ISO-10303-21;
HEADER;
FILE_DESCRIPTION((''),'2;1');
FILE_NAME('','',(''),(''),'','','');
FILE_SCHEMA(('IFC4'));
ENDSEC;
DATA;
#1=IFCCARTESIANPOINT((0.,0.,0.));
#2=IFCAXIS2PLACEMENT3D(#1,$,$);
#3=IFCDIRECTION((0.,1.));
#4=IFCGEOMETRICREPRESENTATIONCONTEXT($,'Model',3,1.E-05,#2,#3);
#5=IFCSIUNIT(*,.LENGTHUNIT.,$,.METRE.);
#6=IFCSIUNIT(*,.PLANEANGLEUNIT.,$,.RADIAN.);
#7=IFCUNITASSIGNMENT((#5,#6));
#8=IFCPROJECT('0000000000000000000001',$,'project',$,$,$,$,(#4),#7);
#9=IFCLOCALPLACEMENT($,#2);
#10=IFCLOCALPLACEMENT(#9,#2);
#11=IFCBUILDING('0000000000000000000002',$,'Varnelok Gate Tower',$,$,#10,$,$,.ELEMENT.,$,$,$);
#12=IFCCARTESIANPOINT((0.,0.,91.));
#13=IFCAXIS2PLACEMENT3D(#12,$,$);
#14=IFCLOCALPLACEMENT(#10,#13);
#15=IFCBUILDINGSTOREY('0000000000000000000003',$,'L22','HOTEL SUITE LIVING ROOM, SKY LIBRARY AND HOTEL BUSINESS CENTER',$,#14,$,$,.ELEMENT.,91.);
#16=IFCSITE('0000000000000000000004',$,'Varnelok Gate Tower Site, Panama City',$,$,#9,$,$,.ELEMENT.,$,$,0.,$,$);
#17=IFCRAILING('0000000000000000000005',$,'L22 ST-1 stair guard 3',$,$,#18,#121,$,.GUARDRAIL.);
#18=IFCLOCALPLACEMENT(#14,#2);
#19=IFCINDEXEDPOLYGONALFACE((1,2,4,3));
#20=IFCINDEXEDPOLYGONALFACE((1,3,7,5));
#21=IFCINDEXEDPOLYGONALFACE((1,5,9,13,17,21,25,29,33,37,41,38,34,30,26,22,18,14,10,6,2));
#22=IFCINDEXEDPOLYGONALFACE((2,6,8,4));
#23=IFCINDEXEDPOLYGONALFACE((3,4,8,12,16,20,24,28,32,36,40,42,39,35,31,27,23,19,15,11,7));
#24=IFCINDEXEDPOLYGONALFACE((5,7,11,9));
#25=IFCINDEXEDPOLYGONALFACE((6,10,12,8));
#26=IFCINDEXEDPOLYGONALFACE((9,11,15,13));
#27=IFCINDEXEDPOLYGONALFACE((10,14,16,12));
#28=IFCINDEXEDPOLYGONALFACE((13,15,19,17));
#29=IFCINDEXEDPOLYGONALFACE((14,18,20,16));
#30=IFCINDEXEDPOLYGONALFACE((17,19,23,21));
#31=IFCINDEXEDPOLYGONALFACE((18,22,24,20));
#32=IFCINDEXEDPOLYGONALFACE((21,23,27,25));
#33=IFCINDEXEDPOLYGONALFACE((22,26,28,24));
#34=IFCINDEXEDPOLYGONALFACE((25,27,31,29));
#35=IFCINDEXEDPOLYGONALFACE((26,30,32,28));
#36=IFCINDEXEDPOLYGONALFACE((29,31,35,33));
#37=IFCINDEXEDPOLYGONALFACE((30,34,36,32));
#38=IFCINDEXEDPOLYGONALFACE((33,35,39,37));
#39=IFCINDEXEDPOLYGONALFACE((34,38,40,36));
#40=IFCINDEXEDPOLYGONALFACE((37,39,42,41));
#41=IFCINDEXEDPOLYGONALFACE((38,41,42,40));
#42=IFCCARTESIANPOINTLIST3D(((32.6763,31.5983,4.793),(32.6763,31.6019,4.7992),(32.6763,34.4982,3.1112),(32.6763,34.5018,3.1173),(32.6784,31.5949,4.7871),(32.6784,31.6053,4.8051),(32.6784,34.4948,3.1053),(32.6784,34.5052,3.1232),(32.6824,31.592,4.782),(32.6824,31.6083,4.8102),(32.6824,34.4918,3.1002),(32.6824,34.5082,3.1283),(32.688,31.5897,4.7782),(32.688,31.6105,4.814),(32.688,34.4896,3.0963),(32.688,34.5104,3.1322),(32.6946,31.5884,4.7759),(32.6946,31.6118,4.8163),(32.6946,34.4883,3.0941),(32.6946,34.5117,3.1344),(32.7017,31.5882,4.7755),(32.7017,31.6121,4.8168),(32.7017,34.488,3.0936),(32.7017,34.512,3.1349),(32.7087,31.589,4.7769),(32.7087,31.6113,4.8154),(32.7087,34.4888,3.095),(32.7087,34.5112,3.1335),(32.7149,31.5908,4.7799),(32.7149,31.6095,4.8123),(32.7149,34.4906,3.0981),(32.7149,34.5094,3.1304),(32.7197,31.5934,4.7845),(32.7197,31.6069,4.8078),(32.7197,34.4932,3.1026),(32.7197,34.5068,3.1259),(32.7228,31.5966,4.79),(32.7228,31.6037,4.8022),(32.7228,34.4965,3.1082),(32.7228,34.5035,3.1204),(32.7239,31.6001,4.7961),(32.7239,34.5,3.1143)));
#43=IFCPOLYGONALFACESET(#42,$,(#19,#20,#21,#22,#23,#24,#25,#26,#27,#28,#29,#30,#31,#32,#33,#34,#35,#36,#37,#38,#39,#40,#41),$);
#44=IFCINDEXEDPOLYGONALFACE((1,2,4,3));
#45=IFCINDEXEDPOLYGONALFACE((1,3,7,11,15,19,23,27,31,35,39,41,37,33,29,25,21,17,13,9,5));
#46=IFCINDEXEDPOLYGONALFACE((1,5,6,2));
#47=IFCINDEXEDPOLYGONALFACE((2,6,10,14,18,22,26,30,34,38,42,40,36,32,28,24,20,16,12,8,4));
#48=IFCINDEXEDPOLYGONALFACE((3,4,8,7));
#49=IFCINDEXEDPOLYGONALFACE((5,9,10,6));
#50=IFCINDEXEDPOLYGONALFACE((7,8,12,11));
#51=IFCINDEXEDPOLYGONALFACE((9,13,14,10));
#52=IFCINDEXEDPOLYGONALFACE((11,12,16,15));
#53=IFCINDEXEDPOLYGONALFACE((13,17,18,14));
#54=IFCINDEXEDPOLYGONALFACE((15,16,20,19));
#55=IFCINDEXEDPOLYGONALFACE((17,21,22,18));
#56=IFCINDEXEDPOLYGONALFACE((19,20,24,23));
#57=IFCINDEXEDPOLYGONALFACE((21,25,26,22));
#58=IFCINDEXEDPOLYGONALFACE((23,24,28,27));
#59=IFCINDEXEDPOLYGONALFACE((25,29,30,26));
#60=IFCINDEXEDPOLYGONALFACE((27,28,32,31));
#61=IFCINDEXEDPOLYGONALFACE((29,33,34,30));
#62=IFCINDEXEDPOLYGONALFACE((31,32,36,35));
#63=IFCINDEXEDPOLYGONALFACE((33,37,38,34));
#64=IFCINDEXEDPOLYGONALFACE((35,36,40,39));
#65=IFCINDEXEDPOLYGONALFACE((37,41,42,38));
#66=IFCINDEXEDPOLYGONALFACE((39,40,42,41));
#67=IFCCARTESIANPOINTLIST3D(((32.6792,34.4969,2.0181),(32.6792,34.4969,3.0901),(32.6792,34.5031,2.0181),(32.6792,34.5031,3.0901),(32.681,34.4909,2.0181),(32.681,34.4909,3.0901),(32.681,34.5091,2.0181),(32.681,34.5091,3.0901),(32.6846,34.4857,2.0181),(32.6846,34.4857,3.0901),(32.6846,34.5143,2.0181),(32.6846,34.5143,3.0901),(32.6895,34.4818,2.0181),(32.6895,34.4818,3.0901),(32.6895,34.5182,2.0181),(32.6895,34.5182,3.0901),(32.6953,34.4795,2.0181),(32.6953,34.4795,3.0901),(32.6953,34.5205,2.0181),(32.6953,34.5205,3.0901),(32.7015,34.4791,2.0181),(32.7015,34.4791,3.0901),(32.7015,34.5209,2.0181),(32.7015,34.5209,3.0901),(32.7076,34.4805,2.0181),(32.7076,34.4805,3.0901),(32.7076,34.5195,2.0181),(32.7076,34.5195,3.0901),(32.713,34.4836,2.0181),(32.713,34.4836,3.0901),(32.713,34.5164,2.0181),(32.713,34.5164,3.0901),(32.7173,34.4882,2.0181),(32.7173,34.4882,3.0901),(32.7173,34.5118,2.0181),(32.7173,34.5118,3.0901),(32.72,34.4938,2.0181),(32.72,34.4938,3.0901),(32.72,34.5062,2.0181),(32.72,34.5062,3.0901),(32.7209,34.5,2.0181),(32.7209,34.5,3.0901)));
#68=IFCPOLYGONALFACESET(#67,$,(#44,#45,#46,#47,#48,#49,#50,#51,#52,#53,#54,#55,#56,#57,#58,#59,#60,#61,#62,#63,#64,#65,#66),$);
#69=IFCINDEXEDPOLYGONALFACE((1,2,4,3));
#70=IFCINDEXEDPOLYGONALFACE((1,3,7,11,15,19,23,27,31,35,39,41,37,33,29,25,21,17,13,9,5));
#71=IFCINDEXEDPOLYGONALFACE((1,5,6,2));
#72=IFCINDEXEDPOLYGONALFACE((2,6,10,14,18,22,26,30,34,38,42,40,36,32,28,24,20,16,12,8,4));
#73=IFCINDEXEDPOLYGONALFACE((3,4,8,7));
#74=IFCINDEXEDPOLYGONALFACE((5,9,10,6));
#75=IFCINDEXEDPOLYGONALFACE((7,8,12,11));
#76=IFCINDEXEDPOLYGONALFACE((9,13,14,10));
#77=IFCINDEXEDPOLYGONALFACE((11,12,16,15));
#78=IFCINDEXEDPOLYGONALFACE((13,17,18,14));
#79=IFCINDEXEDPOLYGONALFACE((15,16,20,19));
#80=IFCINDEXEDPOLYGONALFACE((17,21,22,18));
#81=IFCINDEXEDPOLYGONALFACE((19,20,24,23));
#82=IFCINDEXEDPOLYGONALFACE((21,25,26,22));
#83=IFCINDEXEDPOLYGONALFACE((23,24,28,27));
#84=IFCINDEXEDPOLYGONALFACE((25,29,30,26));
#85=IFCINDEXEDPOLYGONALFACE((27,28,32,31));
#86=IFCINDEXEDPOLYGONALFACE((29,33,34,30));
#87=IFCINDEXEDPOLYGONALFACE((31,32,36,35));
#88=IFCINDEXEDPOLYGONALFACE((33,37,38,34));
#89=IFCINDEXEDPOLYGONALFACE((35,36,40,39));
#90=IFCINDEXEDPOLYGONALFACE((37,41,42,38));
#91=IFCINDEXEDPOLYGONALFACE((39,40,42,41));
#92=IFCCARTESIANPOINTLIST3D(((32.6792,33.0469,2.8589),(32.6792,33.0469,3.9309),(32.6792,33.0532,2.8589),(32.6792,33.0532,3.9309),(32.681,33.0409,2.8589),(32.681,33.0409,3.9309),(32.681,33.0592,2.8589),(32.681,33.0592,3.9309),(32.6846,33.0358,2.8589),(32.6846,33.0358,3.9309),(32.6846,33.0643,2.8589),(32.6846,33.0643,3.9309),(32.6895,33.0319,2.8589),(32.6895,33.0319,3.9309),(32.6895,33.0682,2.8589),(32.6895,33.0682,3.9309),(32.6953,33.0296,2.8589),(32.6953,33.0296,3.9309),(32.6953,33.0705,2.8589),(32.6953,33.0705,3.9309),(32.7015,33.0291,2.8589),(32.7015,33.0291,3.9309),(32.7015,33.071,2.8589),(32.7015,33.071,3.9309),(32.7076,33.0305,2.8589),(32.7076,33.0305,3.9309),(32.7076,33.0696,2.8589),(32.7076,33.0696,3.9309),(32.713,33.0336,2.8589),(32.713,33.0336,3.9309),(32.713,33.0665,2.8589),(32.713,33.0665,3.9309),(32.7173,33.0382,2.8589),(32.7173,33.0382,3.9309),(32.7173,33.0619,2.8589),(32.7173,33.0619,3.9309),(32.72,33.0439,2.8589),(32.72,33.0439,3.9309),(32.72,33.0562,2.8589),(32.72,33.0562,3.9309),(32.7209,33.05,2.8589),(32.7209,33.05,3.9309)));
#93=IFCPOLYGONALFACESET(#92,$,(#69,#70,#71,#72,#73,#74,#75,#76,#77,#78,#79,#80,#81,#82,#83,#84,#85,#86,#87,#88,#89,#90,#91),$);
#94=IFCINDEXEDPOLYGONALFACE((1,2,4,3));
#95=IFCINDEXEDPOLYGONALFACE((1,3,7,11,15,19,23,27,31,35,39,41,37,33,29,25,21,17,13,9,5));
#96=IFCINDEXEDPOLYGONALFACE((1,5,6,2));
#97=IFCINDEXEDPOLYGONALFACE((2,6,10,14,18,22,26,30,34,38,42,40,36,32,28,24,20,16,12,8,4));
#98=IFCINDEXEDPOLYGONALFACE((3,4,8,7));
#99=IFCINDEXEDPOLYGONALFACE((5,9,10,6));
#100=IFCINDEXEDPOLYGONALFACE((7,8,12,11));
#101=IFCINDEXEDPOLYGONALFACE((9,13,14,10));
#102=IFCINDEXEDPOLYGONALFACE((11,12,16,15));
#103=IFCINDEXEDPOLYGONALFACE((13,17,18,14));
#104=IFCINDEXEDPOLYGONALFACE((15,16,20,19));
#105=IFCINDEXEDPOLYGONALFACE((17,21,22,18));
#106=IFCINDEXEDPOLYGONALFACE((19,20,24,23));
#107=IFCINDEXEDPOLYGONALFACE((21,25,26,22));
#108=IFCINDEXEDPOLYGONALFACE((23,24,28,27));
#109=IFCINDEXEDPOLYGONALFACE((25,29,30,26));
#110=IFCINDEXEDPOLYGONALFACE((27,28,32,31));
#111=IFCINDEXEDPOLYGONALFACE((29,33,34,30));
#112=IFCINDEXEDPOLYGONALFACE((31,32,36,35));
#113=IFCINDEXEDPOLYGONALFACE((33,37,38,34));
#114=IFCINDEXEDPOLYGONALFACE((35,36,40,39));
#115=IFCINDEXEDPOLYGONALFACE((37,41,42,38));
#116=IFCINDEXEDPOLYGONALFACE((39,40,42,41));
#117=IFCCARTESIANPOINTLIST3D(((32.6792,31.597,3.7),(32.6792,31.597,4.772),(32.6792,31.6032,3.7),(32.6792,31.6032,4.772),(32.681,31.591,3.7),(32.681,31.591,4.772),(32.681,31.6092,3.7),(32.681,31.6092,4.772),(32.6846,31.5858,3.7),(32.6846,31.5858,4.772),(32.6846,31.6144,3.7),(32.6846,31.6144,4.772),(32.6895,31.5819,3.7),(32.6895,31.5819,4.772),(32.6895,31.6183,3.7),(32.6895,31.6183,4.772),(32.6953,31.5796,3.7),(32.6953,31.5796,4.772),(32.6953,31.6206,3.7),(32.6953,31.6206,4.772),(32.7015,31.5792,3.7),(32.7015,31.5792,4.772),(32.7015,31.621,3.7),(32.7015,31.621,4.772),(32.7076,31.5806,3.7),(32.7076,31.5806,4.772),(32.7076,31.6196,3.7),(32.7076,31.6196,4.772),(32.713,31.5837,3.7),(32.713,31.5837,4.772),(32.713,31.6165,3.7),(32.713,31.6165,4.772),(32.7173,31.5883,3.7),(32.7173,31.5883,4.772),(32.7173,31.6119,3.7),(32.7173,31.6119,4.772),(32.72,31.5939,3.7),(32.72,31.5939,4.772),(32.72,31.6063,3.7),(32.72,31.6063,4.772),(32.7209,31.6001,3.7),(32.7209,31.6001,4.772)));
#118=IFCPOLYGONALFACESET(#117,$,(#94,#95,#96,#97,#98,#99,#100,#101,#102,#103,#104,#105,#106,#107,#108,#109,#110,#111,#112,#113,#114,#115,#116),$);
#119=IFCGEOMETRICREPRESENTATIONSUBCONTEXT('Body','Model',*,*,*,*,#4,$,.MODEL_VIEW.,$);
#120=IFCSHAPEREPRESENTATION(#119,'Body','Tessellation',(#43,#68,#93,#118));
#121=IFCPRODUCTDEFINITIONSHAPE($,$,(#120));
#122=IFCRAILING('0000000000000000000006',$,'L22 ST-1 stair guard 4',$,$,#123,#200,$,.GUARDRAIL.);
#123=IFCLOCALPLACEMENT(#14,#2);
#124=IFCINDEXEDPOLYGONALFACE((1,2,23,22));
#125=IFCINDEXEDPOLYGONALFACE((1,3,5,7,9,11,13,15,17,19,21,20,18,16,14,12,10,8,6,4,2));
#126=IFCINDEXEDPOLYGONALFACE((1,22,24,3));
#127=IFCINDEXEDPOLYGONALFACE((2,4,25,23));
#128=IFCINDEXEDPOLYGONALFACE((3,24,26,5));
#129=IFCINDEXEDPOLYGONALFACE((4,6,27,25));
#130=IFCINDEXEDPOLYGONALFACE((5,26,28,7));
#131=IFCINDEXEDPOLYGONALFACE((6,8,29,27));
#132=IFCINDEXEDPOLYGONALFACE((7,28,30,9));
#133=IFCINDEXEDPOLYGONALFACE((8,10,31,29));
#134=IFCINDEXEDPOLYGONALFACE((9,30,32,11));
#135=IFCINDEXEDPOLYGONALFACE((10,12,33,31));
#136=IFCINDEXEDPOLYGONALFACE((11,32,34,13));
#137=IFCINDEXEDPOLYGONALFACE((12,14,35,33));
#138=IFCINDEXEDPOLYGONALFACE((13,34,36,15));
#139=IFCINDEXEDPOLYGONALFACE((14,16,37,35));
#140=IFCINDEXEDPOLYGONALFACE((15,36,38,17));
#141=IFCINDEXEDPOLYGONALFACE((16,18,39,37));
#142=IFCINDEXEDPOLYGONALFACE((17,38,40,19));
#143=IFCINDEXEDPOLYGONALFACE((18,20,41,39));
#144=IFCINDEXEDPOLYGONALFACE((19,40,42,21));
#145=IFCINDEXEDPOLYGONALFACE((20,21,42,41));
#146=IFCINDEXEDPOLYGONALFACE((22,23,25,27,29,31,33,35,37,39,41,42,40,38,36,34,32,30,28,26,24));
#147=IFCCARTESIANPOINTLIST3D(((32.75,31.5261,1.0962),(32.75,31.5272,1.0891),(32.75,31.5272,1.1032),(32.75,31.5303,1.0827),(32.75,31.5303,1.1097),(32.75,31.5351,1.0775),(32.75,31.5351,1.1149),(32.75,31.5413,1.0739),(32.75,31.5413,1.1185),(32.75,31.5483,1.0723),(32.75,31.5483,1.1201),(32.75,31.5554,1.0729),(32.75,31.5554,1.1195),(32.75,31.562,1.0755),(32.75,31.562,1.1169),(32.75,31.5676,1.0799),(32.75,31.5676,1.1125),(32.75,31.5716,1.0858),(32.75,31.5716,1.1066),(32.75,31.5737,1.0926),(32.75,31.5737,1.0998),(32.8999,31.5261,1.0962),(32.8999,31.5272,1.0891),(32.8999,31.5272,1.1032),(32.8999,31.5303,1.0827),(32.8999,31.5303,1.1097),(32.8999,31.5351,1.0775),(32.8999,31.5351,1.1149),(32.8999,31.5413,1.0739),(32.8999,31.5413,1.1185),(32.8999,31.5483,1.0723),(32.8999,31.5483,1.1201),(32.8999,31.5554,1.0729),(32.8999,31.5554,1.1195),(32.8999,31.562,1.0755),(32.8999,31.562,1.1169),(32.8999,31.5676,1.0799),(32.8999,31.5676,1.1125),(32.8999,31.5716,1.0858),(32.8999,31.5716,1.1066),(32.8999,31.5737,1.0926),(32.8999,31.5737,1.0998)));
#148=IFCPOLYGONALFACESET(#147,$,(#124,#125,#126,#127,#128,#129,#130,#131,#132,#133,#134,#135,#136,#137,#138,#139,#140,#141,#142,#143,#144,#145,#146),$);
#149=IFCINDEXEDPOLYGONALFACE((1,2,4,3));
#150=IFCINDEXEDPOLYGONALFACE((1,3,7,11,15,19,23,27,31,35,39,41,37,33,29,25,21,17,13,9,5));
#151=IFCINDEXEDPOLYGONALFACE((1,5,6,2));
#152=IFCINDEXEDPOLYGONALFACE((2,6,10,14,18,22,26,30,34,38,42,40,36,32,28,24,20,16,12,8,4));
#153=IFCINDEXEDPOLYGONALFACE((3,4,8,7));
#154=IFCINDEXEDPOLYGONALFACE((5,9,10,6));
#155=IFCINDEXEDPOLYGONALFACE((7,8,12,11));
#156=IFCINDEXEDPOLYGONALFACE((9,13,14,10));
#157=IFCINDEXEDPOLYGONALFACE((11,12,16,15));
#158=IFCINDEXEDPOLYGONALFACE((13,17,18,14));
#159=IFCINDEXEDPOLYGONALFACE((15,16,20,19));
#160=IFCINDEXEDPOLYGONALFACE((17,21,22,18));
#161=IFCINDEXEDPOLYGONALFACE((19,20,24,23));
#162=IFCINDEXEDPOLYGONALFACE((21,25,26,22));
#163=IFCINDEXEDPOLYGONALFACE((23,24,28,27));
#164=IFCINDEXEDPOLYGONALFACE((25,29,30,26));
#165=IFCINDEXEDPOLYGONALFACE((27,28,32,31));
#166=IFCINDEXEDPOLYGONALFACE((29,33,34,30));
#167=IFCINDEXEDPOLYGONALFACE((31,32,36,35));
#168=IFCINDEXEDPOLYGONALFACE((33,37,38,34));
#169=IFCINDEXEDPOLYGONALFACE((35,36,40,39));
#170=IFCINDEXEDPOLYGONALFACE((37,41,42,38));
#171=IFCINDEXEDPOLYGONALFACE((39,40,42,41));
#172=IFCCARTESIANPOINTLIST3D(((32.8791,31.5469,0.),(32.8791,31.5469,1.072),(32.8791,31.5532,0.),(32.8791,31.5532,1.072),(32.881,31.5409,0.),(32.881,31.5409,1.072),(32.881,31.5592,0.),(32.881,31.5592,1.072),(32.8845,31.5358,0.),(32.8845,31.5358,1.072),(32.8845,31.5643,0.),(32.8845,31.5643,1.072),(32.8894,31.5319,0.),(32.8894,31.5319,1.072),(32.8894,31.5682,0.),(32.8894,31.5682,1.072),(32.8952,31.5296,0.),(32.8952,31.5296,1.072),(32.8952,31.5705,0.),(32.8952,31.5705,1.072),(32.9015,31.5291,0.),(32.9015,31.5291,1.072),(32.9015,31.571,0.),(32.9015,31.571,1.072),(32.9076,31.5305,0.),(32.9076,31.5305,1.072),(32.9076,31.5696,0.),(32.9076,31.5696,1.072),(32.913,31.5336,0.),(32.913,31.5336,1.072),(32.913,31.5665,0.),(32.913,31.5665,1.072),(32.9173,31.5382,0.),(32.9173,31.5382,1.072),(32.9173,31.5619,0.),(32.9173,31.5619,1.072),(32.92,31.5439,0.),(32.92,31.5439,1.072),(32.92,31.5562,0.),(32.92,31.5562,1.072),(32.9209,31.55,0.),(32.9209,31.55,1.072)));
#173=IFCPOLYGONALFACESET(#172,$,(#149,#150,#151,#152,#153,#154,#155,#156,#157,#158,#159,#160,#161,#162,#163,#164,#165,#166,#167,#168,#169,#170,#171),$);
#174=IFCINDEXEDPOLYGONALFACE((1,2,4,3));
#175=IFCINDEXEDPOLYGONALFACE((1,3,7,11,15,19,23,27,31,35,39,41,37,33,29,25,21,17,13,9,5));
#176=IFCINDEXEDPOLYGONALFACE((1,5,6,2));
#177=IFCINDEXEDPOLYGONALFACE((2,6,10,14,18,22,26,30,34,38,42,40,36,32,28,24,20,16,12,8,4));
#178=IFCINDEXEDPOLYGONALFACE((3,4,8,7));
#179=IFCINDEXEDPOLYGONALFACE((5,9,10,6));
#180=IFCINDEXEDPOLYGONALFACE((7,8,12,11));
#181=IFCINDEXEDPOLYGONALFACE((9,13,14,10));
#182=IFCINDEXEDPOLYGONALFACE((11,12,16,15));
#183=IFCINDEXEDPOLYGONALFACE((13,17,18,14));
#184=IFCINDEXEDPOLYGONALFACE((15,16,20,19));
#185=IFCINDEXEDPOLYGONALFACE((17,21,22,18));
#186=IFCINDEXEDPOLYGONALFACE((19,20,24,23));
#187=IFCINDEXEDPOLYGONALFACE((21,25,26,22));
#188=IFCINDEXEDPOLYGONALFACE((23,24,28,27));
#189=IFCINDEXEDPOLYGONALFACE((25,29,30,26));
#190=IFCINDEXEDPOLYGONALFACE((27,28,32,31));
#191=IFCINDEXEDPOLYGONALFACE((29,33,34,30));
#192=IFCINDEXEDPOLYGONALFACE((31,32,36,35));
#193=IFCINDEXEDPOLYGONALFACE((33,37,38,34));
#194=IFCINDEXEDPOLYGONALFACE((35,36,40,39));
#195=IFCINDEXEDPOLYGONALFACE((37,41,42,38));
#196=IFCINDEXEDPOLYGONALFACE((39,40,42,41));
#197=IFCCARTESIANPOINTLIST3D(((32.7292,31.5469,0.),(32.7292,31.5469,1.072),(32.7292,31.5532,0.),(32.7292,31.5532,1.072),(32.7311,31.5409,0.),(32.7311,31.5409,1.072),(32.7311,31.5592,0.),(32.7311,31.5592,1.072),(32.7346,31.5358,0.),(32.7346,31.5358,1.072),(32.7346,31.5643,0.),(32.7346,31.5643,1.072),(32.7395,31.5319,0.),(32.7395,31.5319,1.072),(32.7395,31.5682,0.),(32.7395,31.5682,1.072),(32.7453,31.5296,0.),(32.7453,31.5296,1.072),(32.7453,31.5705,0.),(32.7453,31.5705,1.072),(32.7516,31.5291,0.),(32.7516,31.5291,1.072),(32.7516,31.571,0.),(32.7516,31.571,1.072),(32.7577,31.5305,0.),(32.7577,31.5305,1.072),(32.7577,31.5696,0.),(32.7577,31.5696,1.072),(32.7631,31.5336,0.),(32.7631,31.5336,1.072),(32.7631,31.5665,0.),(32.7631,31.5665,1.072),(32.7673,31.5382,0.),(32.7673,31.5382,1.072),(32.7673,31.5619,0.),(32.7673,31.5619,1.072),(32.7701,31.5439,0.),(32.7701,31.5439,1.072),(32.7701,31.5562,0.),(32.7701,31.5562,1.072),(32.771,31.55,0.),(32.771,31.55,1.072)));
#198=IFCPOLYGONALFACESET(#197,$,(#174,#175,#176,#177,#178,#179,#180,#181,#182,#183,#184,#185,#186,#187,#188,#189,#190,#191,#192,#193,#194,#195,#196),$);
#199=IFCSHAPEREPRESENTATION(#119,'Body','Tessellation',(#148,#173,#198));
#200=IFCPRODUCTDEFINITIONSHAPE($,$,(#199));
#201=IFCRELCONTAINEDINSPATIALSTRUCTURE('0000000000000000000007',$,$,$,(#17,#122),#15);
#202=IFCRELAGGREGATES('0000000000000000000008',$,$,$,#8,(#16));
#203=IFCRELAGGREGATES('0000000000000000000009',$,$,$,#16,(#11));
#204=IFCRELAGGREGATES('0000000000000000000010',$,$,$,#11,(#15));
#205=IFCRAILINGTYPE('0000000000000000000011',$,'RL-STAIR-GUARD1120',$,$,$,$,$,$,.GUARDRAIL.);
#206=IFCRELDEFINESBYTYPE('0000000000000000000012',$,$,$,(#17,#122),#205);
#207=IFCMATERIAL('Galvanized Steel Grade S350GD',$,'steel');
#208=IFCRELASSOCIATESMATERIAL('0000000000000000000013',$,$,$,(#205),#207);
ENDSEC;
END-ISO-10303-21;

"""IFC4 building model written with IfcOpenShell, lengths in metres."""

from ifc_helpers import new_model, si_unit, direction, frame, origin, origin_2d, place, context, subcontext, project, spatial, circle, extrude, material, type_object, element, save


model = new_model("IFC4")

# Units and contexts
model_context = context("Model", 3, precision=1e-05, world=origin(), true_north=direction((0.0, 1.0)))
body_context = subcontext(model_context, "Body", "Model", "MODEL_VIEW")
ifc_project = project(units=[si_unit("LENGTHUNIT", "METRE"), si_unit("PLANEANGLEUNIT", "RADIAN")], contexts=[model_context])

# Site, building, storey
site_placement = place(None, origin())
site = spatial("IfcSite", under=ifc_project, at=site_placement, Name="Varnelok Gate Tower Site, Panama City", CompositionType="ELEMENT", RefElevation=0.0)
building_placement = place(site_placement, origin())
building = spatial("IfcBuilding", under=site, at=building_placement, Name="Varnelok Gate Tower", CompositionType="ELEMENT")
storey_placement = place(building_placement, frame((0.0, 0.0, 91.0)))
storey = spatial("IfcBuildingStorey", under=building, at=storey_placement, Name="L22", Description="HOTEL SUITE LIVING ROOM, SKY LIBRARY AND HOTEL BUSINESS CENTER", CompositionType="ELEMENT", Elevation=91.0)

# Shared definitions
ifc_material_1 = material(Name="Galvanized Steel Grade S350GD", Category="steel")

# Railings
railing_type_1 = type_object("IfcRailingType", Name="RL-STAIR-GUARD1120", PredefinedType="GUARDRAIL", material=ifc_material_1)
railing_1_placement = place(storey_placement, frame((32.7, 34.5, 2.0181)))
element("IfcRailing", 1, at=railing_1_placement, inside=storey, type_object=railing_type_1, Name="L22 ST-1 stair guard 3", PredefinedType="GUARDRAIL", context=body_context, shape_type="SweptSolid", body=[
    extrude(circle(Radius=0.0239, at=origin_2d()), frame((0.0, 0.0, 1.0962), z_axis=(0.0, -0.865039, 0.501705), x_axis=(1.0, 0.0, 0.0)), (0.0, 0.0, 1.0), 3.3523),
    extrude(circle(Radius=0.021, at=origin_2d()), origin(), (0.0, 0.0, 1.0), 1.072),
    extrude(circle(Radius=0.021, at=origin_2d()), frame((0.0, -1.45, 0.8408)), (0.0, 0.0, 1.0), 1.072),
    extrude(circle(Radius=0.021, at=origin_2d()), frame((0.0, -2.8999, 1.6819)), (0.0, 0.0, 1.0), 1.072),
])
railing_2_placement = place(storey_placement, frame((32.8999, 31.55, 0.0)))
element("IfcRailing", 2, at=railing_2_placement, inside=storey, type_object=railing_type_1, Name="L22 ST-1 stair guard 4", PredefinedType="GUARDRAIL", context=body_context, shape_type="SweptSolid", body=[
    extrude(circle(Radius=0.0239, at=origin_2d()), frame((0.0, 0.0, 1.0962), z_axis=(-1.0, 0.0, 0.0), x_axis=(0.0, -1.0, 0.0)), (0.0, 0.0, 1.0), 0.1499),
    extrude(circle(Radius=0.021, at=origin_2d()), origin(), (0.0, 0.0, 1.0), 1.072),
    extrude(circle(Radius=0.021, at=origin_2d()), frame((-0.1499, 0.0, 0.0)), (0.0, 0.0, 1.0), 1.072),
])

save(model, "model.ifc")
